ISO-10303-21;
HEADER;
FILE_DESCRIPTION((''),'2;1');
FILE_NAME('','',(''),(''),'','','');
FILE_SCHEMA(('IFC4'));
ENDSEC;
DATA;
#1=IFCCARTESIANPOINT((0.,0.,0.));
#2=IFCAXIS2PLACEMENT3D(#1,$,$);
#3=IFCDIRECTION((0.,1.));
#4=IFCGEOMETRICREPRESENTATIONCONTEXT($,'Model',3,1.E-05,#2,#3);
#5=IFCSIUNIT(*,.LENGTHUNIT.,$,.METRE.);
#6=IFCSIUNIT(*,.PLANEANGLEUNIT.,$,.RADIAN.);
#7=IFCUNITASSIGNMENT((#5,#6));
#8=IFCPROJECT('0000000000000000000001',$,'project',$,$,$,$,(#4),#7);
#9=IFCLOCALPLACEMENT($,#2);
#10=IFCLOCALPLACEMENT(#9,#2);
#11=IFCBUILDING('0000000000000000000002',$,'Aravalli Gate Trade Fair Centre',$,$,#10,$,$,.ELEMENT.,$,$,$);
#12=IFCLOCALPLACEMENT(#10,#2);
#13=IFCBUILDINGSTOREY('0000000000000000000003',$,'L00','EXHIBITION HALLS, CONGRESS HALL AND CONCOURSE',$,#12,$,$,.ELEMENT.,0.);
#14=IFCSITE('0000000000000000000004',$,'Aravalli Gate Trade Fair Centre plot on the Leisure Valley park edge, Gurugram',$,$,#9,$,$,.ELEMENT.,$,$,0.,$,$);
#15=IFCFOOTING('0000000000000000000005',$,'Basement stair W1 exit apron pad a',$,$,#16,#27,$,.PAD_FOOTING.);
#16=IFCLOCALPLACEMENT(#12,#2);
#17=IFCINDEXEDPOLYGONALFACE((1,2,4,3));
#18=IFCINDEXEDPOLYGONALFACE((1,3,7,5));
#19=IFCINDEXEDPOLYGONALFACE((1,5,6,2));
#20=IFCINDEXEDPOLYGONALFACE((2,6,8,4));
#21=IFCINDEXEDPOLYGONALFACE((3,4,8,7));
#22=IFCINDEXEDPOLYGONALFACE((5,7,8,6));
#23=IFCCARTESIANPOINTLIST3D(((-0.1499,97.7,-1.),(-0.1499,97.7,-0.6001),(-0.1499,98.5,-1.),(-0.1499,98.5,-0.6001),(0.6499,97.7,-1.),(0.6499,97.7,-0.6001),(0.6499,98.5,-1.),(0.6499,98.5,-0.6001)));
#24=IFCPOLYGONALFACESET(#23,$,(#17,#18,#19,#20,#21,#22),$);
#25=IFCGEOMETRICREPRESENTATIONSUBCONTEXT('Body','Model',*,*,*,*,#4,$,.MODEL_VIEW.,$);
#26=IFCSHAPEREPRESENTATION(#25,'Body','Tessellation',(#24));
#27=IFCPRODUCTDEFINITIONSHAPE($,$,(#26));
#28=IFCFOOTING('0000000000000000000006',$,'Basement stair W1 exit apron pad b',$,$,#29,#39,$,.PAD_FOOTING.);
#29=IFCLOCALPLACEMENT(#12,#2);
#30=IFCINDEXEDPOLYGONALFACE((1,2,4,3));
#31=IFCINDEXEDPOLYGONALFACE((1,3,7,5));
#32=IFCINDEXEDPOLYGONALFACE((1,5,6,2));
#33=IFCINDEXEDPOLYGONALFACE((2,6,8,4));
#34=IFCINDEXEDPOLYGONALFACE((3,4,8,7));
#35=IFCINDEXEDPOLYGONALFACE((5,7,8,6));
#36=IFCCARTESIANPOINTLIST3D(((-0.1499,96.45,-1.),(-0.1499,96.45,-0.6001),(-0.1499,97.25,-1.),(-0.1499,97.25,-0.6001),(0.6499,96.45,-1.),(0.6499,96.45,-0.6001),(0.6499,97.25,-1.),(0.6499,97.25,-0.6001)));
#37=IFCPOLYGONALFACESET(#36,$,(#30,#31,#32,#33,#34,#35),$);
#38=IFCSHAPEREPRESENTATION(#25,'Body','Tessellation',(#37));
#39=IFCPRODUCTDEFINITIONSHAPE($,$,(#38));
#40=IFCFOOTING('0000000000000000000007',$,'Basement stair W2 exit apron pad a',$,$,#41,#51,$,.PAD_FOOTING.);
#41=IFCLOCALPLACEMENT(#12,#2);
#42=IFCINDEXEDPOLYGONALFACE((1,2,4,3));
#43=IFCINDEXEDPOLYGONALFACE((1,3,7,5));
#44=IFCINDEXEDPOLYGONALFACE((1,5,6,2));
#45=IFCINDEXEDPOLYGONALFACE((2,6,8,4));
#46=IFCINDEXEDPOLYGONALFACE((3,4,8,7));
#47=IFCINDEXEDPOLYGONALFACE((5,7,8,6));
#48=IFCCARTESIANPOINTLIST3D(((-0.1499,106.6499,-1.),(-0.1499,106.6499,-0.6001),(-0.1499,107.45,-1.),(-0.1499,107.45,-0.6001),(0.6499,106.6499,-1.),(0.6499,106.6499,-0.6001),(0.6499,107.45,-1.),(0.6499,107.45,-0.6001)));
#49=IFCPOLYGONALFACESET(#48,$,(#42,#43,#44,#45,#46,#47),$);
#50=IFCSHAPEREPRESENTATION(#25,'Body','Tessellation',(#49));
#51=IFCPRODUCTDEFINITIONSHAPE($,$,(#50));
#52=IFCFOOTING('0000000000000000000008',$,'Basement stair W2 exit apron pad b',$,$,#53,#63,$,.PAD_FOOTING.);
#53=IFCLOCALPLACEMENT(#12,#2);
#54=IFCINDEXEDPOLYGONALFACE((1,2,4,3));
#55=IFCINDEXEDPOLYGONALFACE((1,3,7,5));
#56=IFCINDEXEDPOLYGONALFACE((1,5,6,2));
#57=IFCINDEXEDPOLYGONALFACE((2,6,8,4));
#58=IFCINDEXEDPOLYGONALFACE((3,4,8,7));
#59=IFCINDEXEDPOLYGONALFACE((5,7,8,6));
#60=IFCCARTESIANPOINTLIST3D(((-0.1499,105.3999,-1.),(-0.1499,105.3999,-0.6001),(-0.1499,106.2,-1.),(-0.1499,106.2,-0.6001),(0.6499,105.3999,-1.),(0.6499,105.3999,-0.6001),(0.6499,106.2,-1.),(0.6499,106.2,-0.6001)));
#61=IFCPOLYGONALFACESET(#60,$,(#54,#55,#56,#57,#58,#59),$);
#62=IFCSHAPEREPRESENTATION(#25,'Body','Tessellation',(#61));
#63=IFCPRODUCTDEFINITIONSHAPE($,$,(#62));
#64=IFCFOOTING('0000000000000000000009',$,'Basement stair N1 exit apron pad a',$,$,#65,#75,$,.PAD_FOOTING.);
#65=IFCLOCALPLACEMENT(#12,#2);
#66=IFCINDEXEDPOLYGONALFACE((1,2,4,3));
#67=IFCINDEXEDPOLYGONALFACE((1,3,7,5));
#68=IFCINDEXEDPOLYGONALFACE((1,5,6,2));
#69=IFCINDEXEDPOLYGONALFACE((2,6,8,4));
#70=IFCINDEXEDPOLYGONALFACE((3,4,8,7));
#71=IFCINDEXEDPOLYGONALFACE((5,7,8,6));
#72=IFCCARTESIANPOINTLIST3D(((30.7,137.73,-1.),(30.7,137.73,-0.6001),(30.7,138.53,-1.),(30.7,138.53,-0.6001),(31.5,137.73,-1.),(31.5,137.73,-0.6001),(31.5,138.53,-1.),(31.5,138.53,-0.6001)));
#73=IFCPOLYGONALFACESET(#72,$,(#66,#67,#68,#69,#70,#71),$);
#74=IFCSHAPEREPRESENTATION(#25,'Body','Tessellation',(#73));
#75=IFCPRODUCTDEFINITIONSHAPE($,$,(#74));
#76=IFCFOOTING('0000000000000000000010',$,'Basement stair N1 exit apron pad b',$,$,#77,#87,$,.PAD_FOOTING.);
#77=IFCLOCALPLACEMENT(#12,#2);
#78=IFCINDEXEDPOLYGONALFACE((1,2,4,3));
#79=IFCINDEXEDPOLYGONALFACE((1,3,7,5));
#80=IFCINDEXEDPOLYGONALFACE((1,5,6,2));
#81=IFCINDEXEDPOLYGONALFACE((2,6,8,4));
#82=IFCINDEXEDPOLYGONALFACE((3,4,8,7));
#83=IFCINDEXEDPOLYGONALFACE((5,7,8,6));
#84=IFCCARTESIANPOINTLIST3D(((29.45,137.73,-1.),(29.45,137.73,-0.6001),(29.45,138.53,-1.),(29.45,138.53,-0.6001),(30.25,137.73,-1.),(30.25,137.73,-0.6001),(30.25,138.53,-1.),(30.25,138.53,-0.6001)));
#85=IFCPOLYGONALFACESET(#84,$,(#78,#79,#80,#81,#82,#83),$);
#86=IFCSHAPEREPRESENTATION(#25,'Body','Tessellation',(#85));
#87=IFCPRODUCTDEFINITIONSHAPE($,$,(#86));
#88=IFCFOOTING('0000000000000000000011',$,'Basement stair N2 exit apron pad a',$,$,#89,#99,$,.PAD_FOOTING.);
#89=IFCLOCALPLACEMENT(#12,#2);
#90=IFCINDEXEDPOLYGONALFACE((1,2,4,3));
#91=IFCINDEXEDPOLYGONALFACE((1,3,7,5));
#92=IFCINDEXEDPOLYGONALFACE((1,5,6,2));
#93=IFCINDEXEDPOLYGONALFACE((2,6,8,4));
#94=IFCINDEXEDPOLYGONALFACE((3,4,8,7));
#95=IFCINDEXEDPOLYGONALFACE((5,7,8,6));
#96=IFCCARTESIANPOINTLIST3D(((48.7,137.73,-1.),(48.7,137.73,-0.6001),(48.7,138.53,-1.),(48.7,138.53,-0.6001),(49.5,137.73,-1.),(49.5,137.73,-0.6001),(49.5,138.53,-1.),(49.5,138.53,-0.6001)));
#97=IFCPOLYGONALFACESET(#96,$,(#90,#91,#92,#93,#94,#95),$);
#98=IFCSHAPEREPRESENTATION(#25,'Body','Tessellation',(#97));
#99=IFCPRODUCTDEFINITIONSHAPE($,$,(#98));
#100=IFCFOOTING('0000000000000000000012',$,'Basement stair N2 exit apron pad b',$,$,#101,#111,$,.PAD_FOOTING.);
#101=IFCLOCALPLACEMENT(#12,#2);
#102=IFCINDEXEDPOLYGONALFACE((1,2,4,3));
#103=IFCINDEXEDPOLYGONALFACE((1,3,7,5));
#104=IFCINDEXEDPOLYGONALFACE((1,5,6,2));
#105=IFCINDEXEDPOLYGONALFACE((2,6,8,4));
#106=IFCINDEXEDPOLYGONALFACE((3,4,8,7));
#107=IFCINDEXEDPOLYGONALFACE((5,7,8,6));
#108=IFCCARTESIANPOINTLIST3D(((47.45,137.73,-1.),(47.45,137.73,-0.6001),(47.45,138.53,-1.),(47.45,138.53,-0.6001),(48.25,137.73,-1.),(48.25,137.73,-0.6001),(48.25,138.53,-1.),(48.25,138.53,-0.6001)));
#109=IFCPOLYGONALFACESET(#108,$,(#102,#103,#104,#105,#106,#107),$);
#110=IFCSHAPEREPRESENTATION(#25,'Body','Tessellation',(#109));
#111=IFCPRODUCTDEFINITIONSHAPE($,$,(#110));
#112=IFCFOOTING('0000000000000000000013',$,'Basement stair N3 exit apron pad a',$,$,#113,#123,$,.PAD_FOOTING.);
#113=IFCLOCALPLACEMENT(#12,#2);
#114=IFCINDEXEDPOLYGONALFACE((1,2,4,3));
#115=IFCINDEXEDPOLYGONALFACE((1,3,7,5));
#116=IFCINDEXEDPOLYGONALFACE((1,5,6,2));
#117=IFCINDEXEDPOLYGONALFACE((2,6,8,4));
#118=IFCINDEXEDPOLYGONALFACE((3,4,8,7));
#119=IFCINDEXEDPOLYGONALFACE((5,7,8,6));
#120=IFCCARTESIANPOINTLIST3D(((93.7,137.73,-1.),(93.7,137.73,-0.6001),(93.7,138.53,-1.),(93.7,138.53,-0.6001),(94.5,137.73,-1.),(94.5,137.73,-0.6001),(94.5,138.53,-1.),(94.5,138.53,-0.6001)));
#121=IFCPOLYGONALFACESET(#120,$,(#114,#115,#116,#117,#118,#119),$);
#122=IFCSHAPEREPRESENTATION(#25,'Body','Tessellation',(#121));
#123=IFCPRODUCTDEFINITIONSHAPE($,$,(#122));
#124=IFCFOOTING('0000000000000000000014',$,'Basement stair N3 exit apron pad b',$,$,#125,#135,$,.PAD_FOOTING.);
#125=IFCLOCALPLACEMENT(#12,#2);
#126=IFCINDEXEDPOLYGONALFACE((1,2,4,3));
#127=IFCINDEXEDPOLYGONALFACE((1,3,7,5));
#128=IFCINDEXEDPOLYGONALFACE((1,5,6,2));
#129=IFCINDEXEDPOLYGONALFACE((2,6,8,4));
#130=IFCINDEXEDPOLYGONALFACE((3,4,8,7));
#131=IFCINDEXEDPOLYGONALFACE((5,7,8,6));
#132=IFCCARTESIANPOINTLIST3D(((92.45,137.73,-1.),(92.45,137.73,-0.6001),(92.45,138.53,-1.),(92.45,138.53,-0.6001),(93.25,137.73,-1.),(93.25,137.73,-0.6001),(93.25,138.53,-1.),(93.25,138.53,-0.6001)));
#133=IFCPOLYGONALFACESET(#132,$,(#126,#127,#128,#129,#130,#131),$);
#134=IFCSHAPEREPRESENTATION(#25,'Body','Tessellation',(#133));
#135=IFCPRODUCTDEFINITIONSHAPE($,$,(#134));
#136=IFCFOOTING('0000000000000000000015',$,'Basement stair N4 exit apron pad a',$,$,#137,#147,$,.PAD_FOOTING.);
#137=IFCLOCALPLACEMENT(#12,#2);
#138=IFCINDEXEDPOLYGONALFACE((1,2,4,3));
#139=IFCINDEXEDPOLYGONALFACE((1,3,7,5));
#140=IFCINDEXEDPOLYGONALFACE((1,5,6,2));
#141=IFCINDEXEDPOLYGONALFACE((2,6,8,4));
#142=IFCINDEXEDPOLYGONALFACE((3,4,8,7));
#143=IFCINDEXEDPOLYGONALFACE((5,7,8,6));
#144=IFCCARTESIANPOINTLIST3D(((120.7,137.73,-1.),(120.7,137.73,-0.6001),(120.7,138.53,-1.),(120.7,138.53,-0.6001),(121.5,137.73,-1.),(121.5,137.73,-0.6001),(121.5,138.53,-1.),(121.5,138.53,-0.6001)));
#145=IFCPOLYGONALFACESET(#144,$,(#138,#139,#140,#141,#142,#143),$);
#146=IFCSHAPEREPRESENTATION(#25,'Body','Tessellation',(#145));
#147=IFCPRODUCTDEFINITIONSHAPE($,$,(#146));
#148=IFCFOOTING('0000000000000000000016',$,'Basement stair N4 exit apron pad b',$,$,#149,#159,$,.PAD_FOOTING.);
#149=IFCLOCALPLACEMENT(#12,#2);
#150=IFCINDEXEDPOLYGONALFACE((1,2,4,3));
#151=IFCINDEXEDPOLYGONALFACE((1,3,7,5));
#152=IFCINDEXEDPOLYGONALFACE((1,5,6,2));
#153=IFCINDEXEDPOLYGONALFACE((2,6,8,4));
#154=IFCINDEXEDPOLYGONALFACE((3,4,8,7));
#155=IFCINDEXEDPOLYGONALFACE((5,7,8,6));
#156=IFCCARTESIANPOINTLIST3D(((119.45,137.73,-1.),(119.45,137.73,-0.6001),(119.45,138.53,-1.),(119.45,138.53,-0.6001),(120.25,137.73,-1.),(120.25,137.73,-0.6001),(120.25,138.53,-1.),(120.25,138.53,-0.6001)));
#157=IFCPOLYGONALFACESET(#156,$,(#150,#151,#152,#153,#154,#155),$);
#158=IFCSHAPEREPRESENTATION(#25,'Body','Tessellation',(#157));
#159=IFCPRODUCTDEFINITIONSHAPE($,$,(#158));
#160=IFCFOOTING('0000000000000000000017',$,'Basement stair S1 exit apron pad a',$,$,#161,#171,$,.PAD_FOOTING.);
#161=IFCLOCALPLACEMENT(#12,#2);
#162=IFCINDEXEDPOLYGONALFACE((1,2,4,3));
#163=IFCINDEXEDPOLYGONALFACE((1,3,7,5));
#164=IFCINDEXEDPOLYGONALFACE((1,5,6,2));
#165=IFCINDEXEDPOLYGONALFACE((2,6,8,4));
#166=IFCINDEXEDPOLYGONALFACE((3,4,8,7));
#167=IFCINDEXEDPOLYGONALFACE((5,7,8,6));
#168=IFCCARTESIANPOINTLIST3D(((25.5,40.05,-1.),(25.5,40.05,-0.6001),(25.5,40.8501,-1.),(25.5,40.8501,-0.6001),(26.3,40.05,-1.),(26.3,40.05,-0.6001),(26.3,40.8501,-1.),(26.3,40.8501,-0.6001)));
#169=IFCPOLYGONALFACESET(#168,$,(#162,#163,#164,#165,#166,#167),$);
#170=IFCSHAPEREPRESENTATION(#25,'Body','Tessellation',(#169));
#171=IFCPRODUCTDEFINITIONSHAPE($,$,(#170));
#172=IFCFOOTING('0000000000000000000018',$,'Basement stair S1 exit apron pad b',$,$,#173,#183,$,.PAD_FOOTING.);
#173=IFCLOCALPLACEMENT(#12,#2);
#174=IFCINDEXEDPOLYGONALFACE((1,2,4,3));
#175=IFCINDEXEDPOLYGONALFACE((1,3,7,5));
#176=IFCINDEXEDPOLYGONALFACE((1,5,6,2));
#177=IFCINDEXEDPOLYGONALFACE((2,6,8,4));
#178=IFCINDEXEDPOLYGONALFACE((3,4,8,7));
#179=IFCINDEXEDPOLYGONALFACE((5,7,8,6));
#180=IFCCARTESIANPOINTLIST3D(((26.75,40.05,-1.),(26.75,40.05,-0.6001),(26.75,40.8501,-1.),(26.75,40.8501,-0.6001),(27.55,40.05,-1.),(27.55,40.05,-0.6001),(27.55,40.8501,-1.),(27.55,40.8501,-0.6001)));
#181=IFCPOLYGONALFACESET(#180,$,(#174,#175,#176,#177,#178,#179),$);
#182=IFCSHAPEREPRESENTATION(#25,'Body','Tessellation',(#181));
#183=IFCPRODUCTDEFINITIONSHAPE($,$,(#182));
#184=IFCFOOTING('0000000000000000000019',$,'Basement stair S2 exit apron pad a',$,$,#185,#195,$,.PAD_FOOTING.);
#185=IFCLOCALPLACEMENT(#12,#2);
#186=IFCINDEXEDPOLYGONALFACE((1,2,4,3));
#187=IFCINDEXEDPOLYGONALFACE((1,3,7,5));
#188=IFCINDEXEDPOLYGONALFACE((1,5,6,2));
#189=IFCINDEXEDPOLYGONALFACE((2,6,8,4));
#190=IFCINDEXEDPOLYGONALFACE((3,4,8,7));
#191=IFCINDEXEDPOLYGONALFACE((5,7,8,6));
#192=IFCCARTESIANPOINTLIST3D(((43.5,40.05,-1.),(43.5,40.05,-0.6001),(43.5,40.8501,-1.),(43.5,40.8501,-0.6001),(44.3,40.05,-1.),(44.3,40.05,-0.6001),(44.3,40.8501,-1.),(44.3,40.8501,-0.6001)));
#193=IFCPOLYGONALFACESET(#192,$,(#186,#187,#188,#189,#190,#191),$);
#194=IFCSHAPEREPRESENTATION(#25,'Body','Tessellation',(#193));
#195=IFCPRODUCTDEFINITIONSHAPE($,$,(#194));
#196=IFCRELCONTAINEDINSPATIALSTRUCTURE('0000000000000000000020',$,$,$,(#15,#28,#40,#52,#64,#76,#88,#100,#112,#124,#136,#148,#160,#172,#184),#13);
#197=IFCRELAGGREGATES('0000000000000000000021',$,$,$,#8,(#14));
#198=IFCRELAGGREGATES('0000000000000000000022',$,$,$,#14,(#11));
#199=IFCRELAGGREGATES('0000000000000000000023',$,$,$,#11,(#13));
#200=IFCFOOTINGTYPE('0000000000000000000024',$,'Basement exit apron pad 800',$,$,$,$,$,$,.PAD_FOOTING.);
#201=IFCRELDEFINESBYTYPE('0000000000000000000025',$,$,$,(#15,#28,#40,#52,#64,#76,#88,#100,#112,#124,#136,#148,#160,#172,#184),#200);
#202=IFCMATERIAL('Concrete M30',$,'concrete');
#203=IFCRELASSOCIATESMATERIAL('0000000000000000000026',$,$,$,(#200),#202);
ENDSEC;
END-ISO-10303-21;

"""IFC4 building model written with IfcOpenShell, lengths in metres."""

from ifc_helpers import new_model, si_unit, direction, frame, origin, place, context, subcontext, project, spatial, polyline, outline, extrude, material, type_object, element, save


model = new_model("IFC4")

# Units and contexts
model_context = context("Model", 3, precision=1e-05, world=origin(), true_north=direction((0.0, 1.0)))
body_context = subcontext(model_context, "Body", "Model", "MODEL_VIEW")
ifc_project = project(units=[si_unit("LENGTHUNIT", "METRE"), si_unit("PLANEANGLEUNIT", "RADIAN")], contexts=[model_context])

# Site, building, storey
site_placement = place(None, origin())
site = spatial("IfcSite", under=ifc_project, at=site_placement, Name="Aravalli Gate Trade Fair Centre plot on the Leisure Valley park edge, Gurugram", CompositionType="ELEMENT", RefElevation=0.0)
building_placement = place(site_placement, origin())
building = spatial("IfcBuilding", under=site, at=building_placement, Name="Aravalli Gate Trade Fair Centre", CompositionType="ELEMENT")
storey_placement = place(building_placement, origin())
storey = spatial("IfcBuildingStorey", under=building, at=storey_placement, Name="L00", Description="EXHIBITION HALLS, CONGRESS HALL AND CONCOURSE", CompositionType="ELEMENT", Elevation=0.0)

# Footings
ifc_material_1 = material(Name="Concrete M30", Category="concrete")
footing_type_1 = type_object("IfcFootingType", Name="Basement exit apron pad 800", PredefinedType="PAD_FOOTING", material=ifc_material_1)
footing_1_placement = place(storey_placement, frame((0.0, 0.0, -1.0)))
element("IfcFooting", 1, at=footing_1_placement, inside=storey, type_object=footing_type_1, Name="Basement stair W1 exit apron pad a", PredefinedType="PAD_FOOTING", context=body_context, shape_type="SweptSolid", body=[
    extrude(outline(polyline([(0.6499, 98.5), (0.6499, 97.7), (-0.1499, 97.7), (-0.1499, 98.5), (0.6499, 98.5)])), origin(), (0.0, 0.0, 1.0), 0.3999),
])
footing_2_placement = place(storey_placement, frame((0.0, 0.0, -1.0)))
element("IfcFooting", 2, at=footing_2_placement, inside=storey, type_object=footing_type_1, Name="Basement stair W1 exit apron pad b", PredefinedType="PAD_FOOTING", context=body_context, shape_type="SweptSolid", body=[
    extrude(outline(polyline([(0.6499, 97.25), (0.6499, 96.45), (-0.1499, 96.45), (-0.1499, 97.25), (0.6499, 97.25)])), origin(), (0.0, 0.0, 1.0), 0.3999),
])
footing_3_placement = place(storey_placement, frame((0.0, 0.0, -1.0)))
element("IfcFooting", 3, at=footing_3_placement, inside=storey, type_object=footing_type_1, Name="Basement stair W2 exit apron pad a", PredefinedType="PAD_FOOTING", context=body_context, shape_type="SweptSolid", body=[
    extrude(outline(polyline([(0.6499, 107.45), (0.6499, 106.6499), (-0.1499, 106.6499), (-0.1499, 107.45), (0.6499, 107.45)])), origin(), (0.0, 0.0, 1.0), 0.3999),
])
footing_4_placement = place(storey_placement, frame((0.0, 0.0, -1.0)))
element("IfcFooting", 4, at=footing_4_placement, inside=storey, type_object=footing_type_1, Name="Basement stair W2 exit apron pad b", PredefinedType="PAD_FOOTING", context=body_context, shape_type="SweptSolid", body=[
    extrude(outline(polyline([(0.6499, 106.2), (0.6499, 105.3999), (-0.1499, 105.3999), (-0.1499, 106.2), (0.6499, 106.2)])), origin(), (0.0, 0.0, 1.0), 0.3999),
])
footing_5_placement = place(storey_placement, frame((0.0, 0.0, -1.0)))
element("IfcFooting", 5, at=footing_5_placement, inside=storey, type_object=footing_type_1, Name="Basement stair N1 exit apron pad a", PredefinedType="PAD_FOOTING", context=body_context, shape_type="SweptSolid", body=[
    extrude(outline(polyline([(31.5, 137.73), (30.7, 137.73), (30.7, 138.53), (31.5, 138.53), (31.5, 137.73)])), origin(), (0.0, 0.0, 1.0), 0.3999),
])
footing_6_placement = place(storey_placement, frame((0.0, 0.0, -1.0)))
element("IfcFooting", 6, at=footing_6_placement, inside=storey, type_object=footing_type_1, Name="Basement stair N1 exit apron pad b", PredefinedType="PAD_FOOTING", context=body_context, shape_type="SweptSolid", body=[
    extrude(outline(polyline([(30.25, 137.73), (29.45, 137.73), (29.45, 138.53), (30.25, 138.53), (30.25, 137.73)])), origin(), (0.0, 0.0, 1.0), 0.3999),
])
footing_7_placement = place(storey_placement, frame((0.0, 0.0, -1.0)))
element("IfcFooting", 7, at=footing_7_placement, inside=storey, type_object=footing_type_1, Name="Basement stair N2 exit apron pad a", PredefinedType="PAD_FOOTING", context=body_context, shape_type="SweptSolid", body=[
    extrude(outline(polyline([(49.5, 137.73), (48.7, 137.73), (48.7, 138.53), (49.5, 138.53), (49.5, 137.73)])), origin(), (0.0, 0.0, 1.0), 0.3999),
])
footing_8_placement = place(storey_placement, frame((0.0, 0.0, -1.0)))
element("IfcFooting", 8, at=footing_8_placement, inside=storey, type_object=footing_type_1, Name="Basement stair N2 exit apron pad b", PredefinedType="PAD_FOOTING", context=body_context, shape_type="SweptSolid", body=[
    extrude(outline(polyline([(48.25, 137.73), (47.45, 137.73), (47.45, 138.53), (48.25, 138.53), (48.25, 137.73)])), origin(), (0.0, 0.0, 1.0), 0.3999),
])
footing_9_placement = place(storey_placement, frame((0.0, 0.0, -1.0)))
element("IfcFooting", 9, at=footing_9_placement, inside=storey, type_object=footing_type_1, Name="Basement stair N3 exit apron pad a", PredefinedType="PAD_FOOTING", context=body_context, shape_type="SweptSolid", body=[
    extrude(outline(polyline([(94.5, 137.73), (93.7, 137.73), (93.7, 138.53), (94.5, 138.53), (94.5, 137.73)])), origin(), (0.0, 0.0, 1.0), 0.3999),
])
footing_10_placement = place(storey_placement, frame((0.0, 0.0, -1.0)))
element("IfcFooting", 10, at=footing_10_placement, inside=storey, type_object=footing_type_1, Name="Basement stair N3 exit apron pad b", PredefinedType="PAD_FOOTING", context=body_context, shape_type="SweptSolid", body=[
    extrude(outline(polyline([(93.25, 137.73), (92.45, 137.73), (92.45, 138.53), (93.25, 138.53), (93.25, 137.73)])), origin(), (0.0, 0.0, 1.0), 0.3999),
])
footing_11_placement = place(storey_placement, frame((0.0, 0.0, -1.0)))
element("IfcFooting", 11, at=footing_11_placement, inside=storey, type_object=footing_type_1, Name="Basement stair N4 exit apron pad a", PredefinedType="PAD_FOOTING", context=body_context, shape_type="SweptSolid", body=[
    extrude(outline(polyline([(121.5, 137.73), (120.7, 137.73), (120.7, 138.53), (121.5, 138.53), (121.5, 137.73)])), origin(), (0.0, 0.0, 1.0), 0.3999),
])
footing_12_placement = place(storey_placement, frame((0.0, 0.0, -1.0)))
element("IfcFooting", 12, at=footing_12_placement, inside=storey, type_object=footing_type_1, Name="Basement stair N4 exit apron pad b", PredefinedType="PAD_FOOTING", context=body_context, shape_type="SweptSolid", body=[
    extrude(outline(polyline([(120.25, 137.73), (119.45, 137.73), (119.45, 138.53), (120.25, 138.53), (120.25, 137.73)])), origin(), (0.0, 0.0, 1.0), 0.3999),
])
footing_13_placement = place(storey_placement, frame((0.0, 0.0, -1.0)))
element("IfcFooting", 13, at=footing_13_placement, inside=storey, type_object=footing_type_1, Name="Basement stair S1 exit apron pad a", PredefinedType="PAD_FOOTING", context=body_context, shape_type="SweptSolid", body=[
    extrude(outline(polyline([(25.5, 40.8501), (26.3, 40.8501), (26.3, 40.05), (25.5, 40.05), (25.5, 40.8501)])), origin(), (0.0, 0.0, 1.0), 0.3999),
])
footing_14_placement = place(storey_placement, frame((0.0, 0.0, -1.0)))
element("IfcFooting", 14, at=footing_14_placement, inside=storey, type_object=footing_type_1, Name="Basement stair S1 exit apron pad b", PredefinedType="PAD_FOOTING", context=body_context, shape_type="SweptSolid", body=[
    extrude(outline(polyline([(26.75, 40.8501), (27.55, 40.8501), (27.55, 40.05), (26.75, 40.05), (26.75, 40.8501)])), origin(), (0.0, 0.0, 1.0), 0.3999),
])
footing_15_placement = place(storey_placement, frame((0.0, 0.0, -1.0)))
element("IfcFooting", 15, at=footing_15_placement, inside=storey, type_object=footing_type_1, Name="Basement stair S2 exit apron pad a", PredefinedType="PAD_FOOTING", context=body_context, shape_type="SweptSolid", body=[
    extrude(outline(polyline([(43.5, 40.8501), (44.3, 40.8501), (44.3, 40.05), (43.5, 40.05), (43.5, 40.8501)])), origin(), (0.0, 0.0, 1.0), 0.3999),
])

save(model, "model.ifc")
